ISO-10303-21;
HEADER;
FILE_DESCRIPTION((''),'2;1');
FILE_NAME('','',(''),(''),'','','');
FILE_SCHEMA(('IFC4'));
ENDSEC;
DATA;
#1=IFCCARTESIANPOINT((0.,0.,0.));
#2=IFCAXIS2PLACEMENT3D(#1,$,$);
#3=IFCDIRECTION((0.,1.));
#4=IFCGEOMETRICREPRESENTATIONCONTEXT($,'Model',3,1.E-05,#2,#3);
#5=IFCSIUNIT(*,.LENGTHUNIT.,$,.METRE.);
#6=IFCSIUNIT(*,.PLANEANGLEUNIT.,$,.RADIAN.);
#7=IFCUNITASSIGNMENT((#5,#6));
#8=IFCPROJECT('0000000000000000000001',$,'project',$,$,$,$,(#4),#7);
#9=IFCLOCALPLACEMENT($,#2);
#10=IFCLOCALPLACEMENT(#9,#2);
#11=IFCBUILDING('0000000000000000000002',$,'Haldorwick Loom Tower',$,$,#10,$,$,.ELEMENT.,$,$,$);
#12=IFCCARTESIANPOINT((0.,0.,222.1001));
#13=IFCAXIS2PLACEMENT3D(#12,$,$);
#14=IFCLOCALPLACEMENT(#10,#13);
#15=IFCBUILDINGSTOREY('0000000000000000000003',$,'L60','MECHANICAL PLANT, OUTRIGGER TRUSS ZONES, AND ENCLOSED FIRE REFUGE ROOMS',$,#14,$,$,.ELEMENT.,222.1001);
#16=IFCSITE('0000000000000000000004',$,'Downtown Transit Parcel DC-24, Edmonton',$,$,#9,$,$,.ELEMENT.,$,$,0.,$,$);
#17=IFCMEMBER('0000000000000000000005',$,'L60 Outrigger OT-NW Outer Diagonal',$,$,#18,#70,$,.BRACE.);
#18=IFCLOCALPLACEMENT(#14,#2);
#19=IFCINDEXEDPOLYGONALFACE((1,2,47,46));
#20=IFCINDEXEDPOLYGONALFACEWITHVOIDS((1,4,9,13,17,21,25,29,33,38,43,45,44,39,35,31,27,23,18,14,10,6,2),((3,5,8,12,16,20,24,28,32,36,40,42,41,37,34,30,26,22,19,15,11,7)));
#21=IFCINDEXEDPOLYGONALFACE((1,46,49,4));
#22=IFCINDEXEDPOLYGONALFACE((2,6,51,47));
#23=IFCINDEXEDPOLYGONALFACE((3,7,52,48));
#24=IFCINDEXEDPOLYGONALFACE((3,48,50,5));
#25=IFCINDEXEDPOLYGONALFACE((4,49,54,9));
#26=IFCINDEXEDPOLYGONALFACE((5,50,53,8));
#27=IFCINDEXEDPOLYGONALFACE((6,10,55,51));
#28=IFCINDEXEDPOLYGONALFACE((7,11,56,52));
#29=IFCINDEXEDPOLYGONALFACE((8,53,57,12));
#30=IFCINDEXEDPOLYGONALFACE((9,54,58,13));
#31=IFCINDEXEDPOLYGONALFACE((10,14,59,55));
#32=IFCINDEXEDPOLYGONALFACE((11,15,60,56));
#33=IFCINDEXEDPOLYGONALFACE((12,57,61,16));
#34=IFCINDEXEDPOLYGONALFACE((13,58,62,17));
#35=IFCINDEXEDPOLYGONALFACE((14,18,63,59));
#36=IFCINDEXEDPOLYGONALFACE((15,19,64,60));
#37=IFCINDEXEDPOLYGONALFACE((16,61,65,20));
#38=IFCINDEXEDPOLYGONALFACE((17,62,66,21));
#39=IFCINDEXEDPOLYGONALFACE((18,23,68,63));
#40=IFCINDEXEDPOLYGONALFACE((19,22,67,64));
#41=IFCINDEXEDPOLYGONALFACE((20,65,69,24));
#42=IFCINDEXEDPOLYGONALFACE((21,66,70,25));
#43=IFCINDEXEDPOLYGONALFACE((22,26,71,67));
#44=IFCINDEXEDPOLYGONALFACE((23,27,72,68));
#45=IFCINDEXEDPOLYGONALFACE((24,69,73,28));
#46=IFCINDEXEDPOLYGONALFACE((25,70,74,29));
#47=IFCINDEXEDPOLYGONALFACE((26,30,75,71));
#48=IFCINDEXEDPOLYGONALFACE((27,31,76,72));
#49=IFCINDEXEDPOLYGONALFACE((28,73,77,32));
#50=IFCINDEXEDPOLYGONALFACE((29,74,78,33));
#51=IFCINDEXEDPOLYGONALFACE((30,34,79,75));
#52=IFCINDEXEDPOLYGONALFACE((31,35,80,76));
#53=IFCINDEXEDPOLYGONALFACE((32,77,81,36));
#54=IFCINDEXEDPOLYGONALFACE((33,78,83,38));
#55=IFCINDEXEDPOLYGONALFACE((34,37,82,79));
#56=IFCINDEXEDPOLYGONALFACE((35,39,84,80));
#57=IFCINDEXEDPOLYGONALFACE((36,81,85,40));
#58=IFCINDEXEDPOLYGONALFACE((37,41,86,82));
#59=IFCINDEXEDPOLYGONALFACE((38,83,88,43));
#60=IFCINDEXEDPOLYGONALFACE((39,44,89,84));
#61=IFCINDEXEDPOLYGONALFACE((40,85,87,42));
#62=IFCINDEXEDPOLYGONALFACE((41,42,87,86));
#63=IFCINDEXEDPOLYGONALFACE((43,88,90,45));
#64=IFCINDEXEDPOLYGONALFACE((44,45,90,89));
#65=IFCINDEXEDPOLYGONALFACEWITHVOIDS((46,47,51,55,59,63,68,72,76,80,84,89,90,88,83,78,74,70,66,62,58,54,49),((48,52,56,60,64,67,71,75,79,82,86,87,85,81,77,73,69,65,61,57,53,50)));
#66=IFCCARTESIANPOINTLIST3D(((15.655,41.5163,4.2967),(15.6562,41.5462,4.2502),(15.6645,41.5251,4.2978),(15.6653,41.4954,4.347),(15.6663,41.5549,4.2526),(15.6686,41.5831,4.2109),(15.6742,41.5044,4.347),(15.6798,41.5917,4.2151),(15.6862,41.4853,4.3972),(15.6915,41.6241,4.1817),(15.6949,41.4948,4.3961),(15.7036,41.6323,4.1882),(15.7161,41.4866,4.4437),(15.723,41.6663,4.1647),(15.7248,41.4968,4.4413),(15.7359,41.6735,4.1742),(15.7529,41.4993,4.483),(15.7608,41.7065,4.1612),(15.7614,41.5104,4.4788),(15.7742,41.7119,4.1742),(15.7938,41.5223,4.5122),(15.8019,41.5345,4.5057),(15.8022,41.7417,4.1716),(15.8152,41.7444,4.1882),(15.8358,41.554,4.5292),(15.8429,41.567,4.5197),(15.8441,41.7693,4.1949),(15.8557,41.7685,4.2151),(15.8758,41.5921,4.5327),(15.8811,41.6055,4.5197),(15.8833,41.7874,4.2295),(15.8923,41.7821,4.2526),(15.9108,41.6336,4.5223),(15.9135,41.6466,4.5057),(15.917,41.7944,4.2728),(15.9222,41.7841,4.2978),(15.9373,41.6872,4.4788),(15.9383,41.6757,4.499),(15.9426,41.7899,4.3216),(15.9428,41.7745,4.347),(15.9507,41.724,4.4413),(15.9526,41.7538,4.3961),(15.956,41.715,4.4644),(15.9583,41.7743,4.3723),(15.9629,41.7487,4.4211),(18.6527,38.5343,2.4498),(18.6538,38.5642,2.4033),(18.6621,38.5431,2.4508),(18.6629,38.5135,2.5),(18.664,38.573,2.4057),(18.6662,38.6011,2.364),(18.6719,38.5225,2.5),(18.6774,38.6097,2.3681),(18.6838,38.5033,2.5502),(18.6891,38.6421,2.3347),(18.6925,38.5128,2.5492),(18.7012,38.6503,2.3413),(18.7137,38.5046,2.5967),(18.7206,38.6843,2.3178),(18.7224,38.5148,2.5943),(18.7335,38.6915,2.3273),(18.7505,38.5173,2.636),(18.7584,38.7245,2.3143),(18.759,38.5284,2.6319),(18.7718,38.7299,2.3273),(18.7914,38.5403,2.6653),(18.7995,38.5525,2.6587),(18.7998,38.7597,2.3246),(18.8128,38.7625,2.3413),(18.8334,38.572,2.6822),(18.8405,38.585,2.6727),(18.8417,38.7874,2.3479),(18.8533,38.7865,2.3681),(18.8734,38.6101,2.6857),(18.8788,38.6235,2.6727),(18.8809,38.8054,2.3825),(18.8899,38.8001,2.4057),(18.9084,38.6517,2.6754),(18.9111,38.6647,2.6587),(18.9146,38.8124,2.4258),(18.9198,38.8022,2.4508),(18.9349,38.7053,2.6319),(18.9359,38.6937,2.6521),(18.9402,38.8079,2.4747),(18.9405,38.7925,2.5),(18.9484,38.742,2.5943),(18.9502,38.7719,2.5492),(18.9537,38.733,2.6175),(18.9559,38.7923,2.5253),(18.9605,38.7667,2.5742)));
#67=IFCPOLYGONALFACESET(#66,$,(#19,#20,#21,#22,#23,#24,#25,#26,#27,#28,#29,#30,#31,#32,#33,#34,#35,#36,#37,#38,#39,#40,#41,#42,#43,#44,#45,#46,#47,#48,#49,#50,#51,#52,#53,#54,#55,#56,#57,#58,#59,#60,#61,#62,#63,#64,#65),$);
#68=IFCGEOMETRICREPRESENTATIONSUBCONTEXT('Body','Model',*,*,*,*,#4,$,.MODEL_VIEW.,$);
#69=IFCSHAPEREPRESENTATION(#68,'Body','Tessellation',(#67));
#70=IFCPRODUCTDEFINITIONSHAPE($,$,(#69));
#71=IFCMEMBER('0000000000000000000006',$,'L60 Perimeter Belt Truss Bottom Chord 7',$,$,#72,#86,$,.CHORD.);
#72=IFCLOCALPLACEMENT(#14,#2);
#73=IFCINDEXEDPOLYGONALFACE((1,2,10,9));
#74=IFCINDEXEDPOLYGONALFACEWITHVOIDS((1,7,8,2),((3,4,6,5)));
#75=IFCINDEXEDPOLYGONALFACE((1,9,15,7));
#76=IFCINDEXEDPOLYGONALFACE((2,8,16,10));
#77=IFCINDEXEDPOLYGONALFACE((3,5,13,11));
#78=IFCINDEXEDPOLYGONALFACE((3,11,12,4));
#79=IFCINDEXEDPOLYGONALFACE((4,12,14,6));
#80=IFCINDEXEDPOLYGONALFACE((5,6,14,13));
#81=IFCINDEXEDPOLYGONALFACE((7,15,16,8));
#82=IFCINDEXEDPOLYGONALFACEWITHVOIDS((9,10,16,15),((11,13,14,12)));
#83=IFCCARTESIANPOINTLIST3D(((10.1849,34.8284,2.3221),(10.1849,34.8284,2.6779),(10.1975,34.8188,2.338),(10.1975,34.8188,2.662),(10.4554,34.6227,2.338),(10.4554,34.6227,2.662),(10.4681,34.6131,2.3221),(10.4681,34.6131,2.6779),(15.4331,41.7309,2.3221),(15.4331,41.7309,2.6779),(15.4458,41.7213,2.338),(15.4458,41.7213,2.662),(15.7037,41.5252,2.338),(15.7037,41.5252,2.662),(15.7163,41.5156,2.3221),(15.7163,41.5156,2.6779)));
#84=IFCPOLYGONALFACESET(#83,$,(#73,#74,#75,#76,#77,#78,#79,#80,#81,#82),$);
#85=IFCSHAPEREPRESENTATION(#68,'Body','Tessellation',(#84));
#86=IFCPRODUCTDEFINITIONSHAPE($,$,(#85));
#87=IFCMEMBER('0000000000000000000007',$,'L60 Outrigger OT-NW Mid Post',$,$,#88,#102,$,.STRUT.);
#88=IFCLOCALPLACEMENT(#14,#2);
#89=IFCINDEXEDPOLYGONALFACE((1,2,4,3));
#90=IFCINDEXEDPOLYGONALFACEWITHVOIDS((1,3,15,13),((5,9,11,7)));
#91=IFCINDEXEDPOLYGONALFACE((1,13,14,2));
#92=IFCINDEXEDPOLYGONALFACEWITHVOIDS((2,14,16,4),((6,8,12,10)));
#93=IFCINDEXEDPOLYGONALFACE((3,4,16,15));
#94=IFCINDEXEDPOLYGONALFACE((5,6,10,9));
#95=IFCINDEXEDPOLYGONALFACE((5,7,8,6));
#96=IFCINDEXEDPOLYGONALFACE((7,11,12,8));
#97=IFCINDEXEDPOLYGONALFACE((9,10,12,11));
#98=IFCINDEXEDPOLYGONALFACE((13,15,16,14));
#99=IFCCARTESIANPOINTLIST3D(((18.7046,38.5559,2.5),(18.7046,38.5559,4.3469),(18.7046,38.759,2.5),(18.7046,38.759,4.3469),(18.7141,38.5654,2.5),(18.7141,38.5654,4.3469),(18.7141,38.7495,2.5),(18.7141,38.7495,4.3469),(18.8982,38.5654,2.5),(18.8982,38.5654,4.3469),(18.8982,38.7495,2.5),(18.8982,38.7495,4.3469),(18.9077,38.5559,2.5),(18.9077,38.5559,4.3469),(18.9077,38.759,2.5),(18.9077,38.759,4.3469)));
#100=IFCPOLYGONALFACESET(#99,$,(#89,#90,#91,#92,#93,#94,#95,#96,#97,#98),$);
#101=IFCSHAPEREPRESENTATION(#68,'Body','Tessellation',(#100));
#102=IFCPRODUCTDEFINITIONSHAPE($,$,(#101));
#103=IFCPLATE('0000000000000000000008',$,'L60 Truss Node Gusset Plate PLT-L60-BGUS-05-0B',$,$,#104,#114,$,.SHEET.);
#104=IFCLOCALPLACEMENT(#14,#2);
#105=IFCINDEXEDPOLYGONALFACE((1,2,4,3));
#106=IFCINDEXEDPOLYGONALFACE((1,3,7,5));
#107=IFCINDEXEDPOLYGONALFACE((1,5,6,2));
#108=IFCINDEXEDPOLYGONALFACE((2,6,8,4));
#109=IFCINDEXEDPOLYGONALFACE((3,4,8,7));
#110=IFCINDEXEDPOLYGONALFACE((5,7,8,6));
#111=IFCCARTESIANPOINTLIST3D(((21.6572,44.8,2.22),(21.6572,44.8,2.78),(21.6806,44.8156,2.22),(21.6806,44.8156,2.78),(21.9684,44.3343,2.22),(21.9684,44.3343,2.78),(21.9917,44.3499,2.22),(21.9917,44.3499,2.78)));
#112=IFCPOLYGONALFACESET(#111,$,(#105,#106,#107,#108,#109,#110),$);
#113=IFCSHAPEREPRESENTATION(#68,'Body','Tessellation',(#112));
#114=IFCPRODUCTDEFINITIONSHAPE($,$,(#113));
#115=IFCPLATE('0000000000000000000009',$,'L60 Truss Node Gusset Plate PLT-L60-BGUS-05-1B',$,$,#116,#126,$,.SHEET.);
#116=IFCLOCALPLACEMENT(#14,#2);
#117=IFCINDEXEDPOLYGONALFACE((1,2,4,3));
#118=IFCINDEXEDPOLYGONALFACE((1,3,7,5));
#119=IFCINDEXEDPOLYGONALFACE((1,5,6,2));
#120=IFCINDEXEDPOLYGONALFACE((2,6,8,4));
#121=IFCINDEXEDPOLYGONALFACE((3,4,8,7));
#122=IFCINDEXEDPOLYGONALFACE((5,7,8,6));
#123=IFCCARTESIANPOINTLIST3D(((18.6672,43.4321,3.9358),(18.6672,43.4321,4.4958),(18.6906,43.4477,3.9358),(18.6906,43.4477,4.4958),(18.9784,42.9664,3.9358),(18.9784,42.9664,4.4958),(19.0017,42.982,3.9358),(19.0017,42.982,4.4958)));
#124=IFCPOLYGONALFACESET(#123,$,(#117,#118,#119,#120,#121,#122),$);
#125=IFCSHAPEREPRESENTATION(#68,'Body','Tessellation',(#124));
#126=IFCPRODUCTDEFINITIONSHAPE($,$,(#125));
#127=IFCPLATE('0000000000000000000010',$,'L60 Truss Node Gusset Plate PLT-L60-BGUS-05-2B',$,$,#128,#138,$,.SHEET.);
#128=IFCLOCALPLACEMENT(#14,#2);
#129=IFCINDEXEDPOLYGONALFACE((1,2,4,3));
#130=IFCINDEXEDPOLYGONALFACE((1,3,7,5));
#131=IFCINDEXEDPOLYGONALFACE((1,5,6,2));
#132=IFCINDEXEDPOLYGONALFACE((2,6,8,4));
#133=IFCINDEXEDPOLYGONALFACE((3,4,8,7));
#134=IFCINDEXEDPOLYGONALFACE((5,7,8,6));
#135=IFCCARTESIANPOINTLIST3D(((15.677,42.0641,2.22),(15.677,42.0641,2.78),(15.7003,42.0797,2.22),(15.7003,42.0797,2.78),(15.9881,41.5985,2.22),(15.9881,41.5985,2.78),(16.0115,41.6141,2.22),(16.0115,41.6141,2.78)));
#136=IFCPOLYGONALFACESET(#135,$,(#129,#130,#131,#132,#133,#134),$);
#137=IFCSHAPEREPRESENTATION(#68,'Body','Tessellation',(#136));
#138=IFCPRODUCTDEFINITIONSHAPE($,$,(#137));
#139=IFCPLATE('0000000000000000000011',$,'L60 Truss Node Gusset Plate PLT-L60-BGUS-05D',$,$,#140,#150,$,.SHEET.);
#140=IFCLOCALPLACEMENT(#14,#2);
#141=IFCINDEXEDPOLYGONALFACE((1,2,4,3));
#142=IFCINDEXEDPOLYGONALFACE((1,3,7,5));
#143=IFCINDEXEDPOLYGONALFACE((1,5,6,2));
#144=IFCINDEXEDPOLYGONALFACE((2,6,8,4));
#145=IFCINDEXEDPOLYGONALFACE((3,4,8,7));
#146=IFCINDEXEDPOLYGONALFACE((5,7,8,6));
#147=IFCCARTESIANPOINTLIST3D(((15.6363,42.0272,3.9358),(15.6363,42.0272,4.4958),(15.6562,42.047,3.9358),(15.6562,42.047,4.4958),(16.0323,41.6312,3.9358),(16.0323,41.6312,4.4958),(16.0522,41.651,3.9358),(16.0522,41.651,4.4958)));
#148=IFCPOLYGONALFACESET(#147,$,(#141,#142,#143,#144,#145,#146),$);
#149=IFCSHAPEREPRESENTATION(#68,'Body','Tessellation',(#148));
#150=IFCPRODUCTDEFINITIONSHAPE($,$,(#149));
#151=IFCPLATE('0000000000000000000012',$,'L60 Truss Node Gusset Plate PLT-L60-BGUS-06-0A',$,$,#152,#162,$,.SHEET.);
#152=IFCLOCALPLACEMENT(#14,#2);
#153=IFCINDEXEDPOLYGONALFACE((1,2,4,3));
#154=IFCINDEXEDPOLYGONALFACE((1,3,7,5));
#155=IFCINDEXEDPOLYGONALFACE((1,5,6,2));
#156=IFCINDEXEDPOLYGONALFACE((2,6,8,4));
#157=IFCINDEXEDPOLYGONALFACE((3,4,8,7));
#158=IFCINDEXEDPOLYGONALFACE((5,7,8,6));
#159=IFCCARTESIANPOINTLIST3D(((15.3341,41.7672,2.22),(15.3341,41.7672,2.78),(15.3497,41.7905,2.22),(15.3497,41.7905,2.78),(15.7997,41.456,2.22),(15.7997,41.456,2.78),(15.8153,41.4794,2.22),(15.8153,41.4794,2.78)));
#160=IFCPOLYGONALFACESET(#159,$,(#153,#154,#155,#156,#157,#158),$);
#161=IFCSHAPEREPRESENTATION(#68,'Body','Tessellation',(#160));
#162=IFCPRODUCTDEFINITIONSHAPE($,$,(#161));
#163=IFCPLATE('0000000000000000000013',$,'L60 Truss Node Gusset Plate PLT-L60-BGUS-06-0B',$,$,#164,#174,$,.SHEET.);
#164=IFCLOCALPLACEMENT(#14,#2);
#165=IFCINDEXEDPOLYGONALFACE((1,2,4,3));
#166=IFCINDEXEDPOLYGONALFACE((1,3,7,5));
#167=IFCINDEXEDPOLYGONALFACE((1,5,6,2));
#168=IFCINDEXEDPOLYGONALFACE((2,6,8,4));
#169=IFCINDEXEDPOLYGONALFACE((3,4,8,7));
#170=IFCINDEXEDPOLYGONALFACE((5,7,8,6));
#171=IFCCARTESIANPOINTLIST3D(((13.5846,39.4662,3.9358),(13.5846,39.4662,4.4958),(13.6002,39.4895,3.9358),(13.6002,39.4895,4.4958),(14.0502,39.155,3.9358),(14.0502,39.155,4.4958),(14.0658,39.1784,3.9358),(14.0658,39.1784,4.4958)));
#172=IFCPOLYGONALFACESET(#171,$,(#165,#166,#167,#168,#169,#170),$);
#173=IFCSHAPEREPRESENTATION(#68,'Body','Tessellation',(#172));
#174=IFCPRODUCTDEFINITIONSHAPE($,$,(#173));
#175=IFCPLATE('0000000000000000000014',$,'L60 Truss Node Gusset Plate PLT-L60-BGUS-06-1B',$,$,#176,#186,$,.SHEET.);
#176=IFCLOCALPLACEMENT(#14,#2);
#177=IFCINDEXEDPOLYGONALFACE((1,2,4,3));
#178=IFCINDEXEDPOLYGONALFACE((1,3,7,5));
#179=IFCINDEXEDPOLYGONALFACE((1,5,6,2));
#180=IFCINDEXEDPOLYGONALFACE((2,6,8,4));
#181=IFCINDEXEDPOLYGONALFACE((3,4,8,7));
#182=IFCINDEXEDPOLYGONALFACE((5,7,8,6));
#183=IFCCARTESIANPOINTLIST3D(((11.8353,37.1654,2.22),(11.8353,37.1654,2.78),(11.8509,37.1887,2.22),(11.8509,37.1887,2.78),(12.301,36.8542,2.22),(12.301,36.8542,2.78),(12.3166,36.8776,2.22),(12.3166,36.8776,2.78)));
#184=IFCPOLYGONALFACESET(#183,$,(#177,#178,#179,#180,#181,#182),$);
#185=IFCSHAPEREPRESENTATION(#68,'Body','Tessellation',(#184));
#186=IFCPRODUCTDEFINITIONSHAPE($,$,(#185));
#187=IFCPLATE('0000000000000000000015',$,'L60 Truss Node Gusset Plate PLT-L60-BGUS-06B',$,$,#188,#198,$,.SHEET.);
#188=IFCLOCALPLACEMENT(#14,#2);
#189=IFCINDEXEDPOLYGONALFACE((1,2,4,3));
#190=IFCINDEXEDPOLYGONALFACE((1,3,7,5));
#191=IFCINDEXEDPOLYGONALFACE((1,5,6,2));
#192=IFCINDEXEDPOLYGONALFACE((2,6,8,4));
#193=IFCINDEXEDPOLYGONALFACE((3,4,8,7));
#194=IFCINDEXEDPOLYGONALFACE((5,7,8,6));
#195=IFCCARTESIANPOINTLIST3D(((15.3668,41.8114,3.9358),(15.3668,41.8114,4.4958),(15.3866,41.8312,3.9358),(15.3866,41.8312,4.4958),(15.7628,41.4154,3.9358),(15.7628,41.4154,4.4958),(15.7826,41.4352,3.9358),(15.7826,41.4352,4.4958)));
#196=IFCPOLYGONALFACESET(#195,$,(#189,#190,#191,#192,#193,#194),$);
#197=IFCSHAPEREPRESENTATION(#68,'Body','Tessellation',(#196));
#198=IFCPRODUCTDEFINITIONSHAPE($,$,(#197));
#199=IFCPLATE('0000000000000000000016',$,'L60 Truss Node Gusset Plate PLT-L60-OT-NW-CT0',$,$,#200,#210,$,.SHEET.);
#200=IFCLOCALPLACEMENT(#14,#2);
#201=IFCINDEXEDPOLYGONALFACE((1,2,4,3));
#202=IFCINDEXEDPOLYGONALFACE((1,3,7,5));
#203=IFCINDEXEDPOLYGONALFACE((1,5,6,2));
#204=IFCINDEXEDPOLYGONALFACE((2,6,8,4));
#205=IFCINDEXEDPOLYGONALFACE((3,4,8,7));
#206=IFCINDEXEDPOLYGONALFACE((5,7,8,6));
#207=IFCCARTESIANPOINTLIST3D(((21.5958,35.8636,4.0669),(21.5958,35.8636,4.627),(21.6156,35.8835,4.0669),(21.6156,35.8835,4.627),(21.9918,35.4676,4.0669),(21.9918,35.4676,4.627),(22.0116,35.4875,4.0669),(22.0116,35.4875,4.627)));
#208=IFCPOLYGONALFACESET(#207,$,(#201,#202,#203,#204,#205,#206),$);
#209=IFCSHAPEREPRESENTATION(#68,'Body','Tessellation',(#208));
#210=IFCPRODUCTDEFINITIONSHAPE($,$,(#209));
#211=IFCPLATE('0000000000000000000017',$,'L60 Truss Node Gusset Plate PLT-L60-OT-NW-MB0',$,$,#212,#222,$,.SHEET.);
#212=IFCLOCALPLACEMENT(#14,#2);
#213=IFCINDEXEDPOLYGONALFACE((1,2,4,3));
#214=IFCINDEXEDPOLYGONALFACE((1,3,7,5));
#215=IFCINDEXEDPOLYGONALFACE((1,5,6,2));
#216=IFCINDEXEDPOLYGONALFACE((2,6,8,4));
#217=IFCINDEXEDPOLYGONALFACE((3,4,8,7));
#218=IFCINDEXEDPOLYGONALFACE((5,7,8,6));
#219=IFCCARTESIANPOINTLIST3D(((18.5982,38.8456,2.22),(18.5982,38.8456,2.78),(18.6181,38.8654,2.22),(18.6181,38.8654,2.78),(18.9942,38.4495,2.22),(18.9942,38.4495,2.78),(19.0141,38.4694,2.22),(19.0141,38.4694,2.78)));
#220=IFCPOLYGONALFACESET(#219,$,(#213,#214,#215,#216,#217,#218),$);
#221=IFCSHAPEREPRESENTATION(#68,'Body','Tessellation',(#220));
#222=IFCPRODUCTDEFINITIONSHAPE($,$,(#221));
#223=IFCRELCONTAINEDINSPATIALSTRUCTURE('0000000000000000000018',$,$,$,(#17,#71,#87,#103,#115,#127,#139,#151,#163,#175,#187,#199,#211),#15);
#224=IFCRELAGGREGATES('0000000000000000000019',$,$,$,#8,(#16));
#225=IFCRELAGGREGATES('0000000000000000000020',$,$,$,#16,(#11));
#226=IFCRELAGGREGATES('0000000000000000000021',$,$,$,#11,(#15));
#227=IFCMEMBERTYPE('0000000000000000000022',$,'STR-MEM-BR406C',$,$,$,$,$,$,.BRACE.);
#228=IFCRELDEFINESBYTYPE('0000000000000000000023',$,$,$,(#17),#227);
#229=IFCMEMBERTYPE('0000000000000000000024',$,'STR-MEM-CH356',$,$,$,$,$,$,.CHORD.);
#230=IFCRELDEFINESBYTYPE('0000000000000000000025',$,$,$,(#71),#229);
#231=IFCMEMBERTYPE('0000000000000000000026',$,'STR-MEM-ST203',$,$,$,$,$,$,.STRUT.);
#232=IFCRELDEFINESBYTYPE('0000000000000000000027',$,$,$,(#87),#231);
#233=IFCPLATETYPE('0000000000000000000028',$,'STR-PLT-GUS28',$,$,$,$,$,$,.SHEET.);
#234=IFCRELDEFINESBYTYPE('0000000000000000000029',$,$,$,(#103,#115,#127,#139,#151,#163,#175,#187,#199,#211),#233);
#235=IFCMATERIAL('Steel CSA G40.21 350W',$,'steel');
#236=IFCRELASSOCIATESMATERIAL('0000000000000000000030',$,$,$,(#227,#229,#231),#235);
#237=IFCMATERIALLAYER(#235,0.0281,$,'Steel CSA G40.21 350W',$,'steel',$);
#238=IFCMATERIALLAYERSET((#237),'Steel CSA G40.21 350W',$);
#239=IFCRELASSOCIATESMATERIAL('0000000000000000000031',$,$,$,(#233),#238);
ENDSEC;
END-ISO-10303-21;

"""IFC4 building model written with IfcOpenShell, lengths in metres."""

from ifc_helpers import new_model, si_unit, direction, frame, origin, origin_2d, place, context, subcontext, project, spatial, rectangle, hollow_rectangle, hollow_circle, extrude, material, layer, layer_set, material_profile, profile_set, type_object, element, save


model = new_model("IFC4")

# Units and contexts
model_context = context("Model", 3, precision=1e-05, world=origin(), true_north=direction((0.0, 1.0)))
body_context = subcontext(model_context, "Body", "Model", "MODEL_VIEW")
ifc_project = project(units=[si_unit("LENGTHUNIT", "METRE"), si_unit("PLANEANGLEUNIT", "RADIAN")], contexts=[model_context])

# Site, building, storey
site_placement = place(None, origin())
site = spatial("IfcSite", under=ifc_project, at=site_placement, Name="Downtown Transit Parcel DC-24, Edmonton", CompositionType="ELEMENT", RefElevation=0.0)
building_placement = place(site_placement, origin())
building = spatial("IfcBuilding", under=site, at=building_placement, Name="Haldorwick Loom Tower", CompositionType="ELEMENT")
storey_placement = place(building_placement, frame((0.0, 0.0, 222.1001)))
storey = spatial("IfcBuildingStorey", under=building, at=storey_placement, Name="L60", Description="MECHANICAL PLANT, OUTRIGGER TRUSS ZONES, AND ENCLOSED FIRE REFUGE ROOMS", CompositionType="ELEMENT", Elevation=222.1001)

# Shared definitions
ifc_material_1 = material(Name="Steel CSA G40.21 350W", Category="steel")

# Members
ifc_material_profile_1 = material_profile(ifc_material_1, hollow_circle(Radius=0.2031, WallThickness=0.0127, at=origin_2d()), Name="HSS406X13", Category="steel")
ifc_profile_set_1 = profile_set([ifc_material_profile_1], Name="Steel CSA G40.21 350W")
member_type_1 = type_object("IfcMemberType", Name="STR-MEM-BR406C", PredefinedType="BRACE", material=ifc_profile_set_1)
member_1_placement = place(storey_placement, frame((18.8062, 38.6575, 2.5), z_axis=(-0.649675, 0.646288, 0.400292), x_axis=(-0.705257, -0.708952, 0.0)))
element("IfcMember", 1, at=member_1_placement, inside=storey, type_object=member_type_1, Name="L60 Outrigger OT-NW Outer Diagonal", PredefinedType="BRACE", context=body_context, shape_type="SweptSolid", body=[
    extrude(hollow_circle(Radius=0.2031, WallThickness=0.0127, at=origin_2d()), origin(), (0.0, 0.0, 1.0), 4.614),
])
ifc_material_profile_2 = material_profile(ifc_material_1, hollow_rectangle(XDim=0.3557, YDim=0.3557, WallThickness=0.0159, at=origin_2d()), Name="HSS356X356X16", Category="steel")
ifc_profile_set_2 = profile_set([ifc_material_profile_2], Name="Steel CSA G40.21 350W")
member_type_2 = type_object("IfcMemberType", Name="STR-MEM-CH356", PredefinedType="CHORD", material=ifc_profile_set_2)
member_2_placement = place(storey_placement, frame((15.5747, 41.6233, 2.5), z_axis=(-0.605253, -0.796033, 0.0), x_axis=(0.796033, -0.605253, 0.0)))
element("IfcMember", 2, at=member_2_placement, inside=storey, type_object=member_type_2, Name="L60 Perimeter Belt Truss Bottom Chord 7", PredefinedType="CHORD", context=body_context, shape_type="SweptSolid", body=[
    extrude(hollow_rectangle(XDim=0.3557, YDim=0.3557, WallThickness=0.0159, at=origin_2d()), origin(), (0.0, 0.0, 1.0), 8.6711),
])
ifc_material_profile_3 = material_profile(ifc_material_1, hollow_rectangle(XDim=0.2031, YDim=0.2031, WallThickness=0.0095, at=origin_2d()), Name="HSS203X203X10", Category="steel")
ifc_profile_set_3 = profile_set([ifc_material_profile_3], Name="Steel CSA G40.21 350W")
member_type_3 = type_object("IfcMemberType", Name="STR-MEM-ST203", PredefinedType="STRUT", material=ifc_profile_set_3)
member_3_placement = place(storey_placement, frame((18.8062, 38.6575, 2.5), z_axis=(0.0, 0.0, 1.0), x_axis=(1.0, 0.0, 0.0)))
element("IfcMember", 3, at=member_3_placement, inside=storey, type_object=member_type_3, Name="L60 Outrigger OT-NW Mid Post", PredefinedType="STRUT", context=body_context, shape_type="SweptSolid", body=[
    extrude(hollow_rectangle(XDim=0.2031, YDim=0.2031, WallThickness=0.0095, at=origin_2d()), origin(), (0.0, 0.0, 1.0), 1.8469),
])

# Plates
ifc_layer_1 = layer(ifc_material_1, 0.0281, Name="Steel CSA G40.21 350W", Category="steel")
ifc_layer_set_1 = layer_set([ifc_layer_1], Name="Steel CSA G40.21 350W")
plate_type = type_object("IfcPlateType", Name="STR-PLT-GUS28", PredefinedType="SHEET", material=ifc_layer_set_1)
for number, where, z_axis, x_axis, name in (
    (4, (21.8245, 44.575, 2.22), (0.0, 0.0, 1.0), (-0.55557, 0.83147, 0.0), "L60 Truss Node Gusset Plate PLT-L60-BGUS-05-0B"),
    (5, (18.8345, 43.207, 3.9358), (0.0, 0.0, 1.0), (-0.55557, 0.83147, 0.0), "L60 Truss Node Gusset Plate PLT-L60-BGUS-05-1B"),
    (6, (15.8442, 41.8391, 2.22), (0.0, 0.0, 1.0), (-0.55557, 0.83147, 0.0), "L60 Truss Node Gusset Plate PLT-L60-BGUS-05-2B"),
    (7, (15.8442, 41.8391, 3.9358), (0.0, 0.0, 1.0), (-0.707107, 0.707107, 0.0), "L60 Truss Node Gusset Plate PLT-L60-BGUS-05D"),
    (8, (15.5747, 41.6233, 2.22), (0.0, 0.0, 1.0), (-0.83147, 0.55557, 0.0), "L60 Truss Node Gusset Plate PLT-L60-BGUS-06-0A"),
    (9, (13.8252, 39.3223, 3.9358), (0.0, 0.0, 1.0), (-0.83147, 0.55557, 0.0), "L60 Truss Node Gusset Plate PLT-L60-BGUS-06-0B"),
    (10, (12.0759, 37.0215, 2.22), (0.0, 0.0, 1.0), (-0.83147, 0.55557, 0.0), "L60 Truss Node Gusset Plate PLT-L60-BGUS-06-1B"),
    (11, (15.5747, 41.6233, 3.9358), (0.0, 0.0, 1.0), (-0.707107, 0.707107, 0.0), "L60 Truss Node Gusset Plate PLT-L60-BGUS-06B"),
    (12, (21.8037, 35.6755, 4.0669), (0.0, 0.0, 1.0), (-0.707107, 0.707107, 0.0), "L60 Truss Node Gusset Plate PLT-L60-OT-NW-CT0"),
    (13, (18.8062, 38.6575, 2.22), (0.0, 0.0, 1.0), (-0.707107, 0.707107, 0.0), "L60 Truss Node Gusset Plate PLT-L60-OT-NW-MB0"),
):
    element("IfcPlate", number, at=place(storey_placement, frame(where, z_axis=z_axis, x_axis=x_axis)), inside=storey, type_object=plate_type, Name=name, PredefinedType="SHEET", context=body_context, shape_type="SweptSolid", body=[
        extrude(rectangle(XDim=0.5601, YDim=0.0281, at=origin_2d()), origin(), (0.0, 0.0, 1.0), 0.5601),
    ])

save(model, "model.ifc")
